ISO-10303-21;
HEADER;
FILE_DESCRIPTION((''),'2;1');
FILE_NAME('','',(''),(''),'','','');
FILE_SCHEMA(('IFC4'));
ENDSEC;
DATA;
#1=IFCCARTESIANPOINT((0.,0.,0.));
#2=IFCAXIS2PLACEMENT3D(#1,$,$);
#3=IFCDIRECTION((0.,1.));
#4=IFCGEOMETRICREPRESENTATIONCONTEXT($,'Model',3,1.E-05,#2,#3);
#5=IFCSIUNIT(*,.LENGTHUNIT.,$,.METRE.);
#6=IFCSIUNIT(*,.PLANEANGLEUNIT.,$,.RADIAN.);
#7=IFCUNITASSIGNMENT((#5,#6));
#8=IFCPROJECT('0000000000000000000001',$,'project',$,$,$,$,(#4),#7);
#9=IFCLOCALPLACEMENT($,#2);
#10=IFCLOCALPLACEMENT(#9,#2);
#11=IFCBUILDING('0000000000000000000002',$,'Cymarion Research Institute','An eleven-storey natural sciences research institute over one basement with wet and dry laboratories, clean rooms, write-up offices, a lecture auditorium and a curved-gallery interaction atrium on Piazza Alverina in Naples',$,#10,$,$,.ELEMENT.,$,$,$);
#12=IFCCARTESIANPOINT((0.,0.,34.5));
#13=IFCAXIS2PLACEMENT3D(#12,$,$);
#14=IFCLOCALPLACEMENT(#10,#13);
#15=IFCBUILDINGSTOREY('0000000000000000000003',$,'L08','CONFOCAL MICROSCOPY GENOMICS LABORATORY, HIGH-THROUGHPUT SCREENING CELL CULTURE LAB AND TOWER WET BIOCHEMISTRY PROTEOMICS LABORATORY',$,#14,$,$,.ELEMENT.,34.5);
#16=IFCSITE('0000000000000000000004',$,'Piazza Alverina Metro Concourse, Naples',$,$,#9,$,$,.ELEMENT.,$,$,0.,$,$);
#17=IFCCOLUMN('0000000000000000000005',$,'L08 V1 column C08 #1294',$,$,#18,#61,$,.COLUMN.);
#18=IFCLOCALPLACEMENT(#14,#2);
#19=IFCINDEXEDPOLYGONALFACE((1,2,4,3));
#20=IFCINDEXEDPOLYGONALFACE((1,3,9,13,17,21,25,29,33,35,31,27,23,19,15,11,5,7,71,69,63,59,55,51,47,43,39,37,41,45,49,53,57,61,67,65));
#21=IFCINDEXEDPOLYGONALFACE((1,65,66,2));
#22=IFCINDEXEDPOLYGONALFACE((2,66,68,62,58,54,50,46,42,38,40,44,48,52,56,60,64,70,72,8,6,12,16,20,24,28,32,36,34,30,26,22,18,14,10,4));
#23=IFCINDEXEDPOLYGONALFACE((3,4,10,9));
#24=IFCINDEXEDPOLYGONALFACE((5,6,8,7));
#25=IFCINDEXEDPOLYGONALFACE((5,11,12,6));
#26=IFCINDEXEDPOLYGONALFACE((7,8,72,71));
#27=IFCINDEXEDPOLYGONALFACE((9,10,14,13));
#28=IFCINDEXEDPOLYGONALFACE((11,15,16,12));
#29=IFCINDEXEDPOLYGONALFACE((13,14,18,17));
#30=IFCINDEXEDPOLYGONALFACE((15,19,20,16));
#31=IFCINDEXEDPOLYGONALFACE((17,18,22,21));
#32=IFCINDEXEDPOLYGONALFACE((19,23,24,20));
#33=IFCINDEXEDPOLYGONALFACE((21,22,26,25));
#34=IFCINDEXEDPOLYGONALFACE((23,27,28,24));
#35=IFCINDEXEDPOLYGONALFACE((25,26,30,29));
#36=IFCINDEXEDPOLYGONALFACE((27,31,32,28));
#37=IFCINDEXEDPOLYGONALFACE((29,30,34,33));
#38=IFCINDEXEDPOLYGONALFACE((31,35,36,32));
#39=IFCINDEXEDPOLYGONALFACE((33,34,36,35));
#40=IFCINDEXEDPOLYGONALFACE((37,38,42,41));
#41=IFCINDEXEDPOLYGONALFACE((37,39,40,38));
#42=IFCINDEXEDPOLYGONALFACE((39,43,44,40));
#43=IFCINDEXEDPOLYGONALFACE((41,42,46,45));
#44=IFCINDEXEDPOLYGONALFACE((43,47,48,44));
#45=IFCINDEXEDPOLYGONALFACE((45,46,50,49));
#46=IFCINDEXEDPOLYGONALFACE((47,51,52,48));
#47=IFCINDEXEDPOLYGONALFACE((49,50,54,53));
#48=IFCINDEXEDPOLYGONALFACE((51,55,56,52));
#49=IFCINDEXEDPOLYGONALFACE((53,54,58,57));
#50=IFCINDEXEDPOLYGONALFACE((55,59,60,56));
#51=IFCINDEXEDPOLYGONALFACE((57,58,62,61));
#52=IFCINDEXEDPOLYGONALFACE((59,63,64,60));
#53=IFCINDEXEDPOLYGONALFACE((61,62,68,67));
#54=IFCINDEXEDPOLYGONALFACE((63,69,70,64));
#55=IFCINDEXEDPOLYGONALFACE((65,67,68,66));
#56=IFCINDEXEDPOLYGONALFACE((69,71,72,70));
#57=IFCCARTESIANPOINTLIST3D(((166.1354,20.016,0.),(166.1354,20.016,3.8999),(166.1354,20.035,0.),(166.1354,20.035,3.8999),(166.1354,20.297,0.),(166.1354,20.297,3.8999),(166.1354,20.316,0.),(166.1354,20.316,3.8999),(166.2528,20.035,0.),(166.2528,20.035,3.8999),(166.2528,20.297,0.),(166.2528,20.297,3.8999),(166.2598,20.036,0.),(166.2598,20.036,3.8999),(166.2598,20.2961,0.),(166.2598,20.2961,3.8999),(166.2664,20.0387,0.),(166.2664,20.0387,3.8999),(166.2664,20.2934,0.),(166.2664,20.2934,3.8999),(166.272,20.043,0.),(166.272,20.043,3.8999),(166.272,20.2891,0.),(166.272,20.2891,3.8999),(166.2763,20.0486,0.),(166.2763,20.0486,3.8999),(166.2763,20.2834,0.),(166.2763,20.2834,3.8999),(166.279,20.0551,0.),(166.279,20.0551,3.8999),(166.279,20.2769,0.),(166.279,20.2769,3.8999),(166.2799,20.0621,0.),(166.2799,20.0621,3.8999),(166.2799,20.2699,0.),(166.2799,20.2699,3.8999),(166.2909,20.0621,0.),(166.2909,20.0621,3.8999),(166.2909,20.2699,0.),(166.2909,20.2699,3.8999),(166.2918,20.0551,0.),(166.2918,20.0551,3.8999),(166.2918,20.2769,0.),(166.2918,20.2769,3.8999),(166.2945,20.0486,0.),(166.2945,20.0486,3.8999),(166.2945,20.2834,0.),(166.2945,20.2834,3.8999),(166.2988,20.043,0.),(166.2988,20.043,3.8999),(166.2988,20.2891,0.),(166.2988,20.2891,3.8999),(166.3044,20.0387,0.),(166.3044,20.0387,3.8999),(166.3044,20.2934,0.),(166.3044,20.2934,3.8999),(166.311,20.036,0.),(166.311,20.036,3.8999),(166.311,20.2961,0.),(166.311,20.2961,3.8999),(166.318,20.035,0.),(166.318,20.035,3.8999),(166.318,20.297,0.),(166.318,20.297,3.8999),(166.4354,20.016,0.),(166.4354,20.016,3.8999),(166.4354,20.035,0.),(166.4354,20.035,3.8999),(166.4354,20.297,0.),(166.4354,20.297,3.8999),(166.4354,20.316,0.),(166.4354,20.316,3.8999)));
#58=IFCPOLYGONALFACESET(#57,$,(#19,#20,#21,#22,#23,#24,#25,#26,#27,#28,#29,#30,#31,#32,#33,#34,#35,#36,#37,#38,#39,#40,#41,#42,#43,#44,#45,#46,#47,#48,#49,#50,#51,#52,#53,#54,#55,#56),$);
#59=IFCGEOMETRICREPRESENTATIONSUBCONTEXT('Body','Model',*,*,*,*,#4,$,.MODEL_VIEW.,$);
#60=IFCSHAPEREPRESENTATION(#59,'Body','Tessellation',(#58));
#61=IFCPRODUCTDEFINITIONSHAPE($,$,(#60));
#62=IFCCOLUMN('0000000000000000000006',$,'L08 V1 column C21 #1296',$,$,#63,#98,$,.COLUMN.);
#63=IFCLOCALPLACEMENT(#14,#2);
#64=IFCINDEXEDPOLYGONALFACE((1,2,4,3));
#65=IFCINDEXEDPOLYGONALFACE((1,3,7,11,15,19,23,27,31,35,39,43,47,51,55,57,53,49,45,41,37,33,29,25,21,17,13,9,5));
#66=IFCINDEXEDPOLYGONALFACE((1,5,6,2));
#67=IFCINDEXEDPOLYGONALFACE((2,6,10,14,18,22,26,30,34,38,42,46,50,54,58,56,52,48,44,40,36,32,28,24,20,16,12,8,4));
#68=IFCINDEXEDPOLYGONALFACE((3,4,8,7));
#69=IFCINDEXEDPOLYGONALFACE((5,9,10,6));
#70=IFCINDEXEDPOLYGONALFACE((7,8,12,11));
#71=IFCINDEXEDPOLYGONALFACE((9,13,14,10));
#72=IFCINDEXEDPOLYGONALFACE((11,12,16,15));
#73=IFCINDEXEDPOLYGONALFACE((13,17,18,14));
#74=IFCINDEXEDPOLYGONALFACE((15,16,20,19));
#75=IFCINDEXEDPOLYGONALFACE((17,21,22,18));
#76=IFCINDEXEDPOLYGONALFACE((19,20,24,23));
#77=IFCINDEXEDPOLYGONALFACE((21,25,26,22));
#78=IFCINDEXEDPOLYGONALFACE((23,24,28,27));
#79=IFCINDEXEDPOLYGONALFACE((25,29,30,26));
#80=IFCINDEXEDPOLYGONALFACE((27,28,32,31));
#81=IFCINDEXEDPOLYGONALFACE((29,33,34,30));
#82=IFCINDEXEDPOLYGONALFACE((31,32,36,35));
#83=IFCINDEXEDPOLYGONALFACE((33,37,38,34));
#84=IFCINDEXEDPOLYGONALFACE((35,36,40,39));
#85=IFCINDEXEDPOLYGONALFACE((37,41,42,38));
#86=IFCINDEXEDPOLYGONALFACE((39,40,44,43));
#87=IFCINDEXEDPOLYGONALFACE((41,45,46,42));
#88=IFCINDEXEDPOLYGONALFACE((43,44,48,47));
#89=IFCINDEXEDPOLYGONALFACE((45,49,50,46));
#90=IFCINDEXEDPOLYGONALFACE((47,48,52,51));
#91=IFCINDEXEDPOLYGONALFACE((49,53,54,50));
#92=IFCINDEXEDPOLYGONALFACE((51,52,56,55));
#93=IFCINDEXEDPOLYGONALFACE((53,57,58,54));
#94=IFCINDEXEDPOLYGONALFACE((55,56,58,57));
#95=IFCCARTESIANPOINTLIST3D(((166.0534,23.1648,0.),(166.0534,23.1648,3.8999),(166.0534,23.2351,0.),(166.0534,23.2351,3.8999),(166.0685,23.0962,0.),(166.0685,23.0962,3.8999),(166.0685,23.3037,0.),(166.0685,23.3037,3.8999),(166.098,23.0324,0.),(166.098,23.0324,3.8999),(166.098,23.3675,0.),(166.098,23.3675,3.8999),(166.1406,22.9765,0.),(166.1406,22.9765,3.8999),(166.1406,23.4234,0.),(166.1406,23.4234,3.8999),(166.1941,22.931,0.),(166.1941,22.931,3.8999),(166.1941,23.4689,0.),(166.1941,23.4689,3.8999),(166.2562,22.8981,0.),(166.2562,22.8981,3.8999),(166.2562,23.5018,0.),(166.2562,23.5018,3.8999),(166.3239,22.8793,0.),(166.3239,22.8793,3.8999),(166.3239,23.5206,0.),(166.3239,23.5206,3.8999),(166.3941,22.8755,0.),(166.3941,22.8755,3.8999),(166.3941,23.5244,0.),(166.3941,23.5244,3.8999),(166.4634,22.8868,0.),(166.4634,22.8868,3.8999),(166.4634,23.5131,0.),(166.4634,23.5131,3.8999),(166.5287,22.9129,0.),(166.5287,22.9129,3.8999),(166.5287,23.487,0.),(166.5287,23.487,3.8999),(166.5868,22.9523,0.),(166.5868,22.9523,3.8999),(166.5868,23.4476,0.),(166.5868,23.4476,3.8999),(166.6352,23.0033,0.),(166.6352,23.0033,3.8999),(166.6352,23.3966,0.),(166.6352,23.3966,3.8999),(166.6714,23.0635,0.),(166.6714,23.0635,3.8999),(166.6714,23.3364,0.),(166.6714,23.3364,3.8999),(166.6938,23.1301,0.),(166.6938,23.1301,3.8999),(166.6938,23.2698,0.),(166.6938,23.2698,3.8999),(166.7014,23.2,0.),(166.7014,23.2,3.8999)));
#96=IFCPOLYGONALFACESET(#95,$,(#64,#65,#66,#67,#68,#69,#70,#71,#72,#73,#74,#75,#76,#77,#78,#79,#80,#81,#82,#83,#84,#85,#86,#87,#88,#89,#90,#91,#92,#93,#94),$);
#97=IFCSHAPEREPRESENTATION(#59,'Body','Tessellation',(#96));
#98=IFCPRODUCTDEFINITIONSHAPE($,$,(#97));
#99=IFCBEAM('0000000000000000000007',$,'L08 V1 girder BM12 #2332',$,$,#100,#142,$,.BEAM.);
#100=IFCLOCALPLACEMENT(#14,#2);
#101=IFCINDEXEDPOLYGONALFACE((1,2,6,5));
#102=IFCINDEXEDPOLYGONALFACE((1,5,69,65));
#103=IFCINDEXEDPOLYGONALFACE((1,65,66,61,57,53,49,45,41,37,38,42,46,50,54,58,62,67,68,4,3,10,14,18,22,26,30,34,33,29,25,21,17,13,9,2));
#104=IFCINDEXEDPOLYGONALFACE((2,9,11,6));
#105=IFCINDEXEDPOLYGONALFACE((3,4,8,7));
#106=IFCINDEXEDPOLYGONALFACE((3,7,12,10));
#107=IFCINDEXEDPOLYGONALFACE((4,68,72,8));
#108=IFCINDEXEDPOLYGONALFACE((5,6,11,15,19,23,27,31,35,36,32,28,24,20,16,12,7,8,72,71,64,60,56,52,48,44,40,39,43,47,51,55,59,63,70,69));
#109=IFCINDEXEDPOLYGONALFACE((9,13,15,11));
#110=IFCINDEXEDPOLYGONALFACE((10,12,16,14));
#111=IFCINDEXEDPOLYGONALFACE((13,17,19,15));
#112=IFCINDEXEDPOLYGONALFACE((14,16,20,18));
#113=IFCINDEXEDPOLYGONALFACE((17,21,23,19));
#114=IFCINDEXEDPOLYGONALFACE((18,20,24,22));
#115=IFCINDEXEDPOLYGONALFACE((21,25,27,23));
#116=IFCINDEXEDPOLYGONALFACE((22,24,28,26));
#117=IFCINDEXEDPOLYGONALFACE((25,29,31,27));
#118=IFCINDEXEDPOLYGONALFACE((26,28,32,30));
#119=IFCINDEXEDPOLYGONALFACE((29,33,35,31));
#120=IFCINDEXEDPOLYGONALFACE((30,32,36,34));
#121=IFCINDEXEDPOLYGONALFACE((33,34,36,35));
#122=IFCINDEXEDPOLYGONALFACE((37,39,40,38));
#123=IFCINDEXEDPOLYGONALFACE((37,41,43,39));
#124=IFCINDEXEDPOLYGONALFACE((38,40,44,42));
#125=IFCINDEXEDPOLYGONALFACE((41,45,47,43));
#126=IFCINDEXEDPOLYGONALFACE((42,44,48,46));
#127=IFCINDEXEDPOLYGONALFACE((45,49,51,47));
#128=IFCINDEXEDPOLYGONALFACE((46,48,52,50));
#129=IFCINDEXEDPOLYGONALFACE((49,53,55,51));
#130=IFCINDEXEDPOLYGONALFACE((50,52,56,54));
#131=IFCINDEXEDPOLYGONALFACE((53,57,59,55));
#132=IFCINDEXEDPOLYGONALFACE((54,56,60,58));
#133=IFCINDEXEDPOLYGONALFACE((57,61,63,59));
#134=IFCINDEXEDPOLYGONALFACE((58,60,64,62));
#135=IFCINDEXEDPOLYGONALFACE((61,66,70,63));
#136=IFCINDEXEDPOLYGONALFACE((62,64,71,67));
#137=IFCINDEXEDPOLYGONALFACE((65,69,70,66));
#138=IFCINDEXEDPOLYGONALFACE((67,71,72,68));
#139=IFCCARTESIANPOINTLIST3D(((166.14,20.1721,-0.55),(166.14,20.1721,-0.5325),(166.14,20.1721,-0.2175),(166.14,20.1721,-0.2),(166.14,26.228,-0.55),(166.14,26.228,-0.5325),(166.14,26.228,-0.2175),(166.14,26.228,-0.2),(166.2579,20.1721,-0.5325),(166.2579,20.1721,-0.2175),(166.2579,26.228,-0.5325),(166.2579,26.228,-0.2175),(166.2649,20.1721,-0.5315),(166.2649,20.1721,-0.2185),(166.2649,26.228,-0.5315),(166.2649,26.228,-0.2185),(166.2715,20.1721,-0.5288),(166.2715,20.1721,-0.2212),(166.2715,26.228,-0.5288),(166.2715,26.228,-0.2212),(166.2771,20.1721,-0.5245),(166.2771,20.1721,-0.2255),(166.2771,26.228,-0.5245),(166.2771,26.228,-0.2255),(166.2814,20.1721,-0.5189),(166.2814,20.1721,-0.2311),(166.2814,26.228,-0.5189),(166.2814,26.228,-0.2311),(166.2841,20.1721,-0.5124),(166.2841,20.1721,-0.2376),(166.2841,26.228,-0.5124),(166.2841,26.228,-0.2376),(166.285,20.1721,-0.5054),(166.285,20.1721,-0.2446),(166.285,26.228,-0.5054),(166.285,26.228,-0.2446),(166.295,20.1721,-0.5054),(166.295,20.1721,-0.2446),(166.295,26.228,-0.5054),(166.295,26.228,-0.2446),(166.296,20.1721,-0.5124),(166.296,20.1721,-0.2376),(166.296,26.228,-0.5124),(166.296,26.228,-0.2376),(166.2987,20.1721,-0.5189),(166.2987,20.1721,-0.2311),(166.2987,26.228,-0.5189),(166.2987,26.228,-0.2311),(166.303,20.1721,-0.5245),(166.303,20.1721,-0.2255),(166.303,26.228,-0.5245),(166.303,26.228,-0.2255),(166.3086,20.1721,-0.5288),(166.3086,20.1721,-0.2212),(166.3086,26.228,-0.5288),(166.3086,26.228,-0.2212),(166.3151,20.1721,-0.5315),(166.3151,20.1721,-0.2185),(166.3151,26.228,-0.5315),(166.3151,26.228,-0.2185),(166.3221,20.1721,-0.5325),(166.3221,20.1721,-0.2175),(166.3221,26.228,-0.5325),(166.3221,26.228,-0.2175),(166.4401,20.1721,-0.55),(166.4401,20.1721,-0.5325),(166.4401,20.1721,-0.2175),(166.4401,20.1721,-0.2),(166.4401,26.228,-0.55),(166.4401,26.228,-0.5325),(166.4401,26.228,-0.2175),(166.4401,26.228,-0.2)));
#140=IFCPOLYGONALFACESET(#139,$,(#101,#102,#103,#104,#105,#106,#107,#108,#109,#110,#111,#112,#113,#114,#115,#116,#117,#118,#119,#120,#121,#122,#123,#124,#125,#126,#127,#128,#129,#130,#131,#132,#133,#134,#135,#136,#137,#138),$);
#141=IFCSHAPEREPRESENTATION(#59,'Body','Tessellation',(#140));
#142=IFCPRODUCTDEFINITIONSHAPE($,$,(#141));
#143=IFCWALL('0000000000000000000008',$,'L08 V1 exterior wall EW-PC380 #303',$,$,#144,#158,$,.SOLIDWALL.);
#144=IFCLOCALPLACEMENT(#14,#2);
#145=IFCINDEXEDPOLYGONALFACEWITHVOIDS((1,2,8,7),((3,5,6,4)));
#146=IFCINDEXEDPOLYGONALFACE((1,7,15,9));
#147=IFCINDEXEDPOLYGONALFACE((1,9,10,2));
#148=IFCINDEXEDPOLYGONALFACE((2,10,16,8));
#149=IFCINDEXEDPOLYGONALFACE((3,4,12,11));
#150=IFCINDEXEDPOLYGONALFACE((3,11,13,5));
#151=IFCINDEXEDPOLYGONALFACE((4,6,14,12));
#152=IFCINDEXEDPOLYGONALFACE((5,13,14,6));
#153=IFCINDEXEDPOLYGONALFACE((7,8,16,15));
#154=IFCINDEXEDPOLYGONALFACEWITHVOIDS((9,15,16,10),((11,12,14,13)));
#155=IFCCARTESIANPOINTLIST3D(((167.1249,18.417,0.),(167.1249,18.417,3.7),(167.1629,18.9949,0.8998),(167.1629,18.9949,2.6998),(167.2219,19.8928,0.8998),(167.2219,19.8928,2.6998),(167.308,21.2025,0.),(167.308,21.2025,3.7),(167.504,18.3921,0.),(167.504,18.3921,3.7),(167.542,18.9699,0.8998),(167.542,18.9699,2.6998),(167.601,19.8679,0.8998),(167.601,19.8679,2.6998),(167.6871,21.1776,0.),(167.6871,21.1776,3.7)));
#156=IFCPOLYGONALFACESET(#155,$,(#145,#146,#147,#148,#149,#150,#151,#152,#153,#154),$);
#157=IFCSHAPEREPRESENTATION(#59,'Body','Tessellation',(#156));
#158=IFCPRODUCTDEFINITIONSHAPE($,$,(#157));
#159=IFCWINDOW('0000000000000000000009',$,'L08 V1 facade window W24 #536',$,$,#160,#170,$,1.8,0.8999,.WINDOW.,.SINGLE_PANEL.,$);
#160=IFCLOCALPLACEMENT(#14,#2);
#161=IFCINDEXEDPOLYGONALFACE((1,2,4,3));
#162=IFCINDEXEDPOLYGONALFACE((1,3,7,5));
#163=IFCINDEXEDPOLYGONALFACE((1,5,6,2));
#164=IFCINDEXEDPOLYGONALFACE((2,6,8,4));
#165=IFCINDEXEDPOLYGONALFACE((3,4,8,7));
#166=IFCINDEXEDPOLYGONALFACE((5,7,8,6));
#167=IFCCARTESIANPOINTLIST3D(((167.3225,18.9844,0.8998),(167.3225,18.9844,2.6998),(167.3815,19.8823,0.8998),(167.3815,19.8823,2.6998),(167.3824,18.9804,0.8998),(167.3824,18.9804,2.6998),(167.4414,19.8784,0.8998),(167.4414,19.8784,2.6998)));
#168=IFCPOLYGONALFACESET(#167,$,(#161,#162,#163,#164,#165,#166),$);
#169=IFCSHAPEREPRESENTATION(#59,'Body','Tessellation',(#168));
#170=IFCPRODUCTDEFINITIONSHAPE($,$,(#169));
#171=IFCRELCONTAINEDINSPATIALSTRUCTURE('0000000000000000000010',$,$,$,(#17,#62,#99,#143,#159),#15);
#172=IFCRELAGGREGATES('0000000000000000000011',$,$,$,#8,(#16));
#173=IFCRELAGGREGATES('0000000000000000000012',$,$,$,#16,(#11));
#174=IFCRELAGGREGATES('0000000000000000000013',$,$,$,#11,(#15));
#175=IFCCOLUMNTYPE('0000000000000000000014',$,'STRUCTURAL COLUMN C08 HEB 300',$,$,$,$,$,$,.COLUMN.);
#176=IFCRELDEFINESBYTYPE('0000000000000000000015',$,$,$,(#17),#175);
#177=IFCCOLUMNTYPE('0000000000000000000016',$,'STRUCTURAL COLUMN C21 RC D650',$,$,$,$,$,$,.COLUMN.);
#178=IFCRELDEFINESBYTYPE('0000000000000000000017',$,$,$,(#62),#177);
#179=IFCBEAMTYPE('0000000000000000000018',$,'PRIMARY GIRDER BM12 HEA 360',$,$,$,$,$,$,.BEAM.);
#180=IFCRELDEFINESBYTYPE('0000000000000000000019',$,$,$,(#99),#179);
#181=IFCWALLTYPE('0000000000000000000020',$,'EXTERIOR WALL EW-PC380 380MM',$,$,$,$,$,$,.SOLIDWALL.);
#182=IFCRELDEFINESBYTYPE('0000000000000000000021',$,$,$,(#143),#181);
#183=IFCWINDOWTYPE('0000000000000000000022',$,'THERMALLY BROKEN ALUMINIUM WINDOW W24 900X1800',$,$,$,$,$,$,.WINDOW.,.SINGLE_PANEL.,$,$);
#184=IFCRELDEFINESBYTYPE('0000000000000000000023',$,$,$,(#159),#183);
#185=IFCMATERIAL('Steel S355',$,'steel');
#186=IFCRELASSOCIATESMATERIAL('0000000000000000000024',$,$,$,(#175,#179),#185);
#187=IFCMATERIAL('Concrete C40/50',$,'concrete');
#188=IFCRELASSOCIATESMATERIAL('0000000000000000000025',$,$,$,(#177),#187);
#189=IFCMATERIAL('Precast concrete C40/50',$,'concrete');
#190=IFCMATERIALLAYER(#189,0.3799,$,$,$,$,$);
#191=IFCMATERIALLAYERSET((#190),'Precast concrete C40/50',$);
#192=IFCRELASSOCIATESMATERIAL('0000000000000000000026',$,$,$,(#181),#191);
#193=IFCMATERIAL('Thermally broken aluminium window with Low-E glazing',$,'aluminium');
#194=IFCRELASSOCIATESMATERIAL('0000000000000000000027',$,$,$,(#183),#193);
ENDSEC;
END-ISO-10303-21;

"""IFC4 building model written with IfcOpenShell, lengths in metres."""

from ifc_helpers import new_model, si_unit, direction, frame, frame_2d, origin, origin_2d, place, context, subcontext, project, spatial, rectangle, circle, i_section, extrude, material, layer, layer_set, material_profile, profile_set, type_object, element, fill, save


model = new_model("IFC4")

# Units and contexts
model_context = context("Model", 3, precision=1e-05, world=origin(), true_north=direction((0.0, 1.0)))
body_context = subcontext(model_context, "Body", "Model", "MODEL_VIEW")
ifc_project = project(units=[si_unit("LENGTHUNIT", "METRE"), si_unit("PLANEANGLEUNIT", "RADIAN")], contexts=[model_context])

# Site, building, storey
site_placement = place(None, origin())
site = spatial("IfcSite", under=ifc_project, at=site_placement, Name="Piazza Alverina Metro Concourse, Naples", CompositionType="ELEMENT", RefElevation=0.0)
building_placement = place(site_placement, origin())
building = spatial("IfcBuilding", under=site, at=building_placement, Name="Cymarion Research Institute", Description="An eleven-storey natural sciences research institute over one basement with wet and dry laboratories, clean rooms, write-up offices, a lecture auditorium and a curved-gallery interaction atrium on Piazza Alverina in Naples", CompositionType="ELEMENT")
storey_placement = place(building_placement, frame((0.0, 0.0, 34.5)))
storey = spatial("IfcBuildingStorey", under=building, at=storey_placement, Name="L08", Description="CONFOCAL MICROSCOPY GENOMICS LABORATORY, HIGH-THROUGHPUT SCREENING CELL CULTURE LAB AND TOWER WET BIOCHEMISTRY PROTEOMICS LABORATORY", CompositionType="ELEMENT", Elevation=34.5)

# Columns
ifc_material_1 = material(Name="Steel S355", Category="steel")
ifc_material_profile_1 = material_profile(ifc_material_1, i_section(OverallWidth=0.3, OverallDepth=0.3, WebThickness=0.011, FlangeThickness=0.019, FilletRadius=0.0271, at=origin_2d()), Name="HEB 300")
ifc_profile_set_1 = profile_set([ifc_material_profile_1], Name="Steel S355")
column_type_1 = type_object("IfcColumnType", Name="STRUCTURAL COLUMN C08 HEB 300", PredefinedType="COLUMN", material=ifc_profile_set_1)
column_1_placement = place(storey_placement, frame((166.2854, 20.166, 0.0), z_axis=(0.0, 0.0, 1.0), x_axis=(1.0, 0.0, 0.0)))
element("IfcColumn", 1, at=column_1_placement, inside=storey, type_object=column_type_1, Name="L08 V1 column C08 #1294", PredefinedType="COLUMN", context=body_context, shape_type="SweptSolid", body=[
    extrude(i_section(OverallWidth=0.3, OverallDepth=0.3, WebThickness=0.011, FlangeThickness=0.019, FilletRadius=0.0271, at=origin_2d()), origin(), (0.0, 0.0, 1.0), 3.8999),
])
ifc_material_2 = material(Name="Concrete C40/50", Category="concrete")
ifc_material_profile_2 = material_profile(ifc_material_2, circle(Radius=0.325, at=origin_2d()), Name="RC D650")
ifc_profile_set_2 = profile_set([ifc_material_profile_2], Name="Concrete C40/50")
column_type_2 = type_object("IfcColumnType", Name="STRUCTURAL COLUMN C21 RC D650", PredefinedType="COLUMN", material=ifc_profile_set_2)
column_2_placement = place(storey_placement, frame((166.3765, 23.2, 0.0), z_axis=(0.0, 0.0, 1.0), x_axis=(1.0, 0.0, 0.0)))
element("IfcColumn", 2, at=column_2_placement, inside=storey, type_object=column_type_2, Name="L08 V1 column C21 #1296", PredefinedType="COLUMN", context=body_context, shape_type="SweptSolid", body=[
    extrude(circle(Radius=0.325, at=origin_2d()), origin(), (0.0, 0.0, 1.0), 3.8999),
])

# Beam
ifc_material_profile_3 = material_profile(ifc_material_1, i_section(OverallWidth=0.3, OverallDepth=0.3501, WebThickness=0.01, FlangeThickness=0.0176, FilletRadius=0.0271, at=origin_2d()), Name="HEA 360")
ifc_profile_set_3 = profile_set([ifc_material_profile_3], Name="Steel S355")
beam_type = type_object("IfcBeamType", Name="PRIMARY GIRDER BM12 HEA 360", PredefinedType="BEAM", material=ifc_profile_set_3)
beam_placement = place(storey_placement, frame((166.29, 20.1721, -0.375), z_axis=(0.0, 1.0, 0.0), x_axis=(-1.0, 0.0, 0.0)))
element("IfcBeam", 3, at=beam_placement, inside=storey, type_object=beam_type, Name="L08 V1 girder BM12 #2332", PredefinedType="BEAM", context=body_context, shape_type="SweptSolid", body=[
    extrude(i_section(OverallWidth=0.3, OverallDepth=0.3501, WebThickness=0.01, FlangeThickness=0.0176, FilletRadius=0.0271, at=origin_2d()), origin(), (0.0, 0.0, 1.0), 6.0559),
])

# Wall, opening, window
ifc_material_3 = material(Name="Precast concrete C40/50", Category="concrete")
ifc_layer_1 = layer(ifc_material_3, 0.3799)
ifc_layer_set_1 = layer_set([ifc_layer_1], Name="Precast concrete C40/50")
wall_type = type_object("IfcWallType", Name="EXTERIOR WALL EW-PC380 380MM", PredefinedType="SOLIDWALL", material=ifc_layer_set_1)
wall_1_placement = place(storey_placement, frame((167.3145, 18.4045, 0.0), z_axis=(0.0, 0.0, 1.0), x_axis=(0.065596, 0.997846, 0.0)))
wall_1 = element("IfcWall", 4, at=wall_1_placement, inside=storey, type_object=wall_type, Name="L08 V1 exterior wall EW-PC380 #303", PredefinedType="SOLIDWALL", context=body_context, shape_type="SweptSolid", body=[
    extrude(rectangle(XDim=2.7915, YDim=0.3799, at=frame_2d((1.3958, 0.0))), origin(), (0.0, 0.0, 1.0), 3.7),
])
opening_1_placement = place(wall_1_placement, frame((0.5791, 0.0, 0.8999)))
opening_1 = element("IfcOpeningElement", 5, at=opening_1_placement, cuts=wall_1, PredefinedType="OPENING", context=body_context, shape_type="SweptSolid", body=[
    extrude(rectangle(XDim=0.8999, YDim=1.8, at=frame_2d((0.45, 0.8999))), frame((0.0, 0.2, 0.0), z_axis=(0.0, -1.0, 0.0), x_axis=(1.0, 0.0, 0.0)), (0.0, 0.0, 1.0), 0.3999),
])
ifc_material_4 = material(Name="Thermally broken aluminium window with Low-E glazing", Category="aluminium")
window_type = type_object("IfcWindowType", Name="THERMALLY BROKEN ALUMINIUM WINDOW W24 900X1800", PartitioningType="SINGLE_PANEL", PredefinedType="WINDOW", material=ifc_material_4)
window_1_placement = place(opening_1_placement, origin())
window_1 = element("IfcWindow", 6, at=window_1_placement, inside=storey, type_object=window_type, Name="L08 V1 facade window W24 #536", OverallHeight=1.8, OverallWidth=0.8999, PartitioningType="SINGLE_PANEL", PredefinedType="WINDOW", context=body_context, shape_type="SweptSolid", body=[
    extrude(rectangle(XDim=0.8999, YDim=1.8, at=frame_2d((0.45, 0.8999))), frame((0.0, 0.03, 0.0), z_axis=(0.0, -1.0, 0.0), x_axis=(1.0, 0.0, 0.0)), (0.0, 0.0, 1.0), 0.0601),
])
fill(opening_1, window_1)

save(model, "model.ifc")
